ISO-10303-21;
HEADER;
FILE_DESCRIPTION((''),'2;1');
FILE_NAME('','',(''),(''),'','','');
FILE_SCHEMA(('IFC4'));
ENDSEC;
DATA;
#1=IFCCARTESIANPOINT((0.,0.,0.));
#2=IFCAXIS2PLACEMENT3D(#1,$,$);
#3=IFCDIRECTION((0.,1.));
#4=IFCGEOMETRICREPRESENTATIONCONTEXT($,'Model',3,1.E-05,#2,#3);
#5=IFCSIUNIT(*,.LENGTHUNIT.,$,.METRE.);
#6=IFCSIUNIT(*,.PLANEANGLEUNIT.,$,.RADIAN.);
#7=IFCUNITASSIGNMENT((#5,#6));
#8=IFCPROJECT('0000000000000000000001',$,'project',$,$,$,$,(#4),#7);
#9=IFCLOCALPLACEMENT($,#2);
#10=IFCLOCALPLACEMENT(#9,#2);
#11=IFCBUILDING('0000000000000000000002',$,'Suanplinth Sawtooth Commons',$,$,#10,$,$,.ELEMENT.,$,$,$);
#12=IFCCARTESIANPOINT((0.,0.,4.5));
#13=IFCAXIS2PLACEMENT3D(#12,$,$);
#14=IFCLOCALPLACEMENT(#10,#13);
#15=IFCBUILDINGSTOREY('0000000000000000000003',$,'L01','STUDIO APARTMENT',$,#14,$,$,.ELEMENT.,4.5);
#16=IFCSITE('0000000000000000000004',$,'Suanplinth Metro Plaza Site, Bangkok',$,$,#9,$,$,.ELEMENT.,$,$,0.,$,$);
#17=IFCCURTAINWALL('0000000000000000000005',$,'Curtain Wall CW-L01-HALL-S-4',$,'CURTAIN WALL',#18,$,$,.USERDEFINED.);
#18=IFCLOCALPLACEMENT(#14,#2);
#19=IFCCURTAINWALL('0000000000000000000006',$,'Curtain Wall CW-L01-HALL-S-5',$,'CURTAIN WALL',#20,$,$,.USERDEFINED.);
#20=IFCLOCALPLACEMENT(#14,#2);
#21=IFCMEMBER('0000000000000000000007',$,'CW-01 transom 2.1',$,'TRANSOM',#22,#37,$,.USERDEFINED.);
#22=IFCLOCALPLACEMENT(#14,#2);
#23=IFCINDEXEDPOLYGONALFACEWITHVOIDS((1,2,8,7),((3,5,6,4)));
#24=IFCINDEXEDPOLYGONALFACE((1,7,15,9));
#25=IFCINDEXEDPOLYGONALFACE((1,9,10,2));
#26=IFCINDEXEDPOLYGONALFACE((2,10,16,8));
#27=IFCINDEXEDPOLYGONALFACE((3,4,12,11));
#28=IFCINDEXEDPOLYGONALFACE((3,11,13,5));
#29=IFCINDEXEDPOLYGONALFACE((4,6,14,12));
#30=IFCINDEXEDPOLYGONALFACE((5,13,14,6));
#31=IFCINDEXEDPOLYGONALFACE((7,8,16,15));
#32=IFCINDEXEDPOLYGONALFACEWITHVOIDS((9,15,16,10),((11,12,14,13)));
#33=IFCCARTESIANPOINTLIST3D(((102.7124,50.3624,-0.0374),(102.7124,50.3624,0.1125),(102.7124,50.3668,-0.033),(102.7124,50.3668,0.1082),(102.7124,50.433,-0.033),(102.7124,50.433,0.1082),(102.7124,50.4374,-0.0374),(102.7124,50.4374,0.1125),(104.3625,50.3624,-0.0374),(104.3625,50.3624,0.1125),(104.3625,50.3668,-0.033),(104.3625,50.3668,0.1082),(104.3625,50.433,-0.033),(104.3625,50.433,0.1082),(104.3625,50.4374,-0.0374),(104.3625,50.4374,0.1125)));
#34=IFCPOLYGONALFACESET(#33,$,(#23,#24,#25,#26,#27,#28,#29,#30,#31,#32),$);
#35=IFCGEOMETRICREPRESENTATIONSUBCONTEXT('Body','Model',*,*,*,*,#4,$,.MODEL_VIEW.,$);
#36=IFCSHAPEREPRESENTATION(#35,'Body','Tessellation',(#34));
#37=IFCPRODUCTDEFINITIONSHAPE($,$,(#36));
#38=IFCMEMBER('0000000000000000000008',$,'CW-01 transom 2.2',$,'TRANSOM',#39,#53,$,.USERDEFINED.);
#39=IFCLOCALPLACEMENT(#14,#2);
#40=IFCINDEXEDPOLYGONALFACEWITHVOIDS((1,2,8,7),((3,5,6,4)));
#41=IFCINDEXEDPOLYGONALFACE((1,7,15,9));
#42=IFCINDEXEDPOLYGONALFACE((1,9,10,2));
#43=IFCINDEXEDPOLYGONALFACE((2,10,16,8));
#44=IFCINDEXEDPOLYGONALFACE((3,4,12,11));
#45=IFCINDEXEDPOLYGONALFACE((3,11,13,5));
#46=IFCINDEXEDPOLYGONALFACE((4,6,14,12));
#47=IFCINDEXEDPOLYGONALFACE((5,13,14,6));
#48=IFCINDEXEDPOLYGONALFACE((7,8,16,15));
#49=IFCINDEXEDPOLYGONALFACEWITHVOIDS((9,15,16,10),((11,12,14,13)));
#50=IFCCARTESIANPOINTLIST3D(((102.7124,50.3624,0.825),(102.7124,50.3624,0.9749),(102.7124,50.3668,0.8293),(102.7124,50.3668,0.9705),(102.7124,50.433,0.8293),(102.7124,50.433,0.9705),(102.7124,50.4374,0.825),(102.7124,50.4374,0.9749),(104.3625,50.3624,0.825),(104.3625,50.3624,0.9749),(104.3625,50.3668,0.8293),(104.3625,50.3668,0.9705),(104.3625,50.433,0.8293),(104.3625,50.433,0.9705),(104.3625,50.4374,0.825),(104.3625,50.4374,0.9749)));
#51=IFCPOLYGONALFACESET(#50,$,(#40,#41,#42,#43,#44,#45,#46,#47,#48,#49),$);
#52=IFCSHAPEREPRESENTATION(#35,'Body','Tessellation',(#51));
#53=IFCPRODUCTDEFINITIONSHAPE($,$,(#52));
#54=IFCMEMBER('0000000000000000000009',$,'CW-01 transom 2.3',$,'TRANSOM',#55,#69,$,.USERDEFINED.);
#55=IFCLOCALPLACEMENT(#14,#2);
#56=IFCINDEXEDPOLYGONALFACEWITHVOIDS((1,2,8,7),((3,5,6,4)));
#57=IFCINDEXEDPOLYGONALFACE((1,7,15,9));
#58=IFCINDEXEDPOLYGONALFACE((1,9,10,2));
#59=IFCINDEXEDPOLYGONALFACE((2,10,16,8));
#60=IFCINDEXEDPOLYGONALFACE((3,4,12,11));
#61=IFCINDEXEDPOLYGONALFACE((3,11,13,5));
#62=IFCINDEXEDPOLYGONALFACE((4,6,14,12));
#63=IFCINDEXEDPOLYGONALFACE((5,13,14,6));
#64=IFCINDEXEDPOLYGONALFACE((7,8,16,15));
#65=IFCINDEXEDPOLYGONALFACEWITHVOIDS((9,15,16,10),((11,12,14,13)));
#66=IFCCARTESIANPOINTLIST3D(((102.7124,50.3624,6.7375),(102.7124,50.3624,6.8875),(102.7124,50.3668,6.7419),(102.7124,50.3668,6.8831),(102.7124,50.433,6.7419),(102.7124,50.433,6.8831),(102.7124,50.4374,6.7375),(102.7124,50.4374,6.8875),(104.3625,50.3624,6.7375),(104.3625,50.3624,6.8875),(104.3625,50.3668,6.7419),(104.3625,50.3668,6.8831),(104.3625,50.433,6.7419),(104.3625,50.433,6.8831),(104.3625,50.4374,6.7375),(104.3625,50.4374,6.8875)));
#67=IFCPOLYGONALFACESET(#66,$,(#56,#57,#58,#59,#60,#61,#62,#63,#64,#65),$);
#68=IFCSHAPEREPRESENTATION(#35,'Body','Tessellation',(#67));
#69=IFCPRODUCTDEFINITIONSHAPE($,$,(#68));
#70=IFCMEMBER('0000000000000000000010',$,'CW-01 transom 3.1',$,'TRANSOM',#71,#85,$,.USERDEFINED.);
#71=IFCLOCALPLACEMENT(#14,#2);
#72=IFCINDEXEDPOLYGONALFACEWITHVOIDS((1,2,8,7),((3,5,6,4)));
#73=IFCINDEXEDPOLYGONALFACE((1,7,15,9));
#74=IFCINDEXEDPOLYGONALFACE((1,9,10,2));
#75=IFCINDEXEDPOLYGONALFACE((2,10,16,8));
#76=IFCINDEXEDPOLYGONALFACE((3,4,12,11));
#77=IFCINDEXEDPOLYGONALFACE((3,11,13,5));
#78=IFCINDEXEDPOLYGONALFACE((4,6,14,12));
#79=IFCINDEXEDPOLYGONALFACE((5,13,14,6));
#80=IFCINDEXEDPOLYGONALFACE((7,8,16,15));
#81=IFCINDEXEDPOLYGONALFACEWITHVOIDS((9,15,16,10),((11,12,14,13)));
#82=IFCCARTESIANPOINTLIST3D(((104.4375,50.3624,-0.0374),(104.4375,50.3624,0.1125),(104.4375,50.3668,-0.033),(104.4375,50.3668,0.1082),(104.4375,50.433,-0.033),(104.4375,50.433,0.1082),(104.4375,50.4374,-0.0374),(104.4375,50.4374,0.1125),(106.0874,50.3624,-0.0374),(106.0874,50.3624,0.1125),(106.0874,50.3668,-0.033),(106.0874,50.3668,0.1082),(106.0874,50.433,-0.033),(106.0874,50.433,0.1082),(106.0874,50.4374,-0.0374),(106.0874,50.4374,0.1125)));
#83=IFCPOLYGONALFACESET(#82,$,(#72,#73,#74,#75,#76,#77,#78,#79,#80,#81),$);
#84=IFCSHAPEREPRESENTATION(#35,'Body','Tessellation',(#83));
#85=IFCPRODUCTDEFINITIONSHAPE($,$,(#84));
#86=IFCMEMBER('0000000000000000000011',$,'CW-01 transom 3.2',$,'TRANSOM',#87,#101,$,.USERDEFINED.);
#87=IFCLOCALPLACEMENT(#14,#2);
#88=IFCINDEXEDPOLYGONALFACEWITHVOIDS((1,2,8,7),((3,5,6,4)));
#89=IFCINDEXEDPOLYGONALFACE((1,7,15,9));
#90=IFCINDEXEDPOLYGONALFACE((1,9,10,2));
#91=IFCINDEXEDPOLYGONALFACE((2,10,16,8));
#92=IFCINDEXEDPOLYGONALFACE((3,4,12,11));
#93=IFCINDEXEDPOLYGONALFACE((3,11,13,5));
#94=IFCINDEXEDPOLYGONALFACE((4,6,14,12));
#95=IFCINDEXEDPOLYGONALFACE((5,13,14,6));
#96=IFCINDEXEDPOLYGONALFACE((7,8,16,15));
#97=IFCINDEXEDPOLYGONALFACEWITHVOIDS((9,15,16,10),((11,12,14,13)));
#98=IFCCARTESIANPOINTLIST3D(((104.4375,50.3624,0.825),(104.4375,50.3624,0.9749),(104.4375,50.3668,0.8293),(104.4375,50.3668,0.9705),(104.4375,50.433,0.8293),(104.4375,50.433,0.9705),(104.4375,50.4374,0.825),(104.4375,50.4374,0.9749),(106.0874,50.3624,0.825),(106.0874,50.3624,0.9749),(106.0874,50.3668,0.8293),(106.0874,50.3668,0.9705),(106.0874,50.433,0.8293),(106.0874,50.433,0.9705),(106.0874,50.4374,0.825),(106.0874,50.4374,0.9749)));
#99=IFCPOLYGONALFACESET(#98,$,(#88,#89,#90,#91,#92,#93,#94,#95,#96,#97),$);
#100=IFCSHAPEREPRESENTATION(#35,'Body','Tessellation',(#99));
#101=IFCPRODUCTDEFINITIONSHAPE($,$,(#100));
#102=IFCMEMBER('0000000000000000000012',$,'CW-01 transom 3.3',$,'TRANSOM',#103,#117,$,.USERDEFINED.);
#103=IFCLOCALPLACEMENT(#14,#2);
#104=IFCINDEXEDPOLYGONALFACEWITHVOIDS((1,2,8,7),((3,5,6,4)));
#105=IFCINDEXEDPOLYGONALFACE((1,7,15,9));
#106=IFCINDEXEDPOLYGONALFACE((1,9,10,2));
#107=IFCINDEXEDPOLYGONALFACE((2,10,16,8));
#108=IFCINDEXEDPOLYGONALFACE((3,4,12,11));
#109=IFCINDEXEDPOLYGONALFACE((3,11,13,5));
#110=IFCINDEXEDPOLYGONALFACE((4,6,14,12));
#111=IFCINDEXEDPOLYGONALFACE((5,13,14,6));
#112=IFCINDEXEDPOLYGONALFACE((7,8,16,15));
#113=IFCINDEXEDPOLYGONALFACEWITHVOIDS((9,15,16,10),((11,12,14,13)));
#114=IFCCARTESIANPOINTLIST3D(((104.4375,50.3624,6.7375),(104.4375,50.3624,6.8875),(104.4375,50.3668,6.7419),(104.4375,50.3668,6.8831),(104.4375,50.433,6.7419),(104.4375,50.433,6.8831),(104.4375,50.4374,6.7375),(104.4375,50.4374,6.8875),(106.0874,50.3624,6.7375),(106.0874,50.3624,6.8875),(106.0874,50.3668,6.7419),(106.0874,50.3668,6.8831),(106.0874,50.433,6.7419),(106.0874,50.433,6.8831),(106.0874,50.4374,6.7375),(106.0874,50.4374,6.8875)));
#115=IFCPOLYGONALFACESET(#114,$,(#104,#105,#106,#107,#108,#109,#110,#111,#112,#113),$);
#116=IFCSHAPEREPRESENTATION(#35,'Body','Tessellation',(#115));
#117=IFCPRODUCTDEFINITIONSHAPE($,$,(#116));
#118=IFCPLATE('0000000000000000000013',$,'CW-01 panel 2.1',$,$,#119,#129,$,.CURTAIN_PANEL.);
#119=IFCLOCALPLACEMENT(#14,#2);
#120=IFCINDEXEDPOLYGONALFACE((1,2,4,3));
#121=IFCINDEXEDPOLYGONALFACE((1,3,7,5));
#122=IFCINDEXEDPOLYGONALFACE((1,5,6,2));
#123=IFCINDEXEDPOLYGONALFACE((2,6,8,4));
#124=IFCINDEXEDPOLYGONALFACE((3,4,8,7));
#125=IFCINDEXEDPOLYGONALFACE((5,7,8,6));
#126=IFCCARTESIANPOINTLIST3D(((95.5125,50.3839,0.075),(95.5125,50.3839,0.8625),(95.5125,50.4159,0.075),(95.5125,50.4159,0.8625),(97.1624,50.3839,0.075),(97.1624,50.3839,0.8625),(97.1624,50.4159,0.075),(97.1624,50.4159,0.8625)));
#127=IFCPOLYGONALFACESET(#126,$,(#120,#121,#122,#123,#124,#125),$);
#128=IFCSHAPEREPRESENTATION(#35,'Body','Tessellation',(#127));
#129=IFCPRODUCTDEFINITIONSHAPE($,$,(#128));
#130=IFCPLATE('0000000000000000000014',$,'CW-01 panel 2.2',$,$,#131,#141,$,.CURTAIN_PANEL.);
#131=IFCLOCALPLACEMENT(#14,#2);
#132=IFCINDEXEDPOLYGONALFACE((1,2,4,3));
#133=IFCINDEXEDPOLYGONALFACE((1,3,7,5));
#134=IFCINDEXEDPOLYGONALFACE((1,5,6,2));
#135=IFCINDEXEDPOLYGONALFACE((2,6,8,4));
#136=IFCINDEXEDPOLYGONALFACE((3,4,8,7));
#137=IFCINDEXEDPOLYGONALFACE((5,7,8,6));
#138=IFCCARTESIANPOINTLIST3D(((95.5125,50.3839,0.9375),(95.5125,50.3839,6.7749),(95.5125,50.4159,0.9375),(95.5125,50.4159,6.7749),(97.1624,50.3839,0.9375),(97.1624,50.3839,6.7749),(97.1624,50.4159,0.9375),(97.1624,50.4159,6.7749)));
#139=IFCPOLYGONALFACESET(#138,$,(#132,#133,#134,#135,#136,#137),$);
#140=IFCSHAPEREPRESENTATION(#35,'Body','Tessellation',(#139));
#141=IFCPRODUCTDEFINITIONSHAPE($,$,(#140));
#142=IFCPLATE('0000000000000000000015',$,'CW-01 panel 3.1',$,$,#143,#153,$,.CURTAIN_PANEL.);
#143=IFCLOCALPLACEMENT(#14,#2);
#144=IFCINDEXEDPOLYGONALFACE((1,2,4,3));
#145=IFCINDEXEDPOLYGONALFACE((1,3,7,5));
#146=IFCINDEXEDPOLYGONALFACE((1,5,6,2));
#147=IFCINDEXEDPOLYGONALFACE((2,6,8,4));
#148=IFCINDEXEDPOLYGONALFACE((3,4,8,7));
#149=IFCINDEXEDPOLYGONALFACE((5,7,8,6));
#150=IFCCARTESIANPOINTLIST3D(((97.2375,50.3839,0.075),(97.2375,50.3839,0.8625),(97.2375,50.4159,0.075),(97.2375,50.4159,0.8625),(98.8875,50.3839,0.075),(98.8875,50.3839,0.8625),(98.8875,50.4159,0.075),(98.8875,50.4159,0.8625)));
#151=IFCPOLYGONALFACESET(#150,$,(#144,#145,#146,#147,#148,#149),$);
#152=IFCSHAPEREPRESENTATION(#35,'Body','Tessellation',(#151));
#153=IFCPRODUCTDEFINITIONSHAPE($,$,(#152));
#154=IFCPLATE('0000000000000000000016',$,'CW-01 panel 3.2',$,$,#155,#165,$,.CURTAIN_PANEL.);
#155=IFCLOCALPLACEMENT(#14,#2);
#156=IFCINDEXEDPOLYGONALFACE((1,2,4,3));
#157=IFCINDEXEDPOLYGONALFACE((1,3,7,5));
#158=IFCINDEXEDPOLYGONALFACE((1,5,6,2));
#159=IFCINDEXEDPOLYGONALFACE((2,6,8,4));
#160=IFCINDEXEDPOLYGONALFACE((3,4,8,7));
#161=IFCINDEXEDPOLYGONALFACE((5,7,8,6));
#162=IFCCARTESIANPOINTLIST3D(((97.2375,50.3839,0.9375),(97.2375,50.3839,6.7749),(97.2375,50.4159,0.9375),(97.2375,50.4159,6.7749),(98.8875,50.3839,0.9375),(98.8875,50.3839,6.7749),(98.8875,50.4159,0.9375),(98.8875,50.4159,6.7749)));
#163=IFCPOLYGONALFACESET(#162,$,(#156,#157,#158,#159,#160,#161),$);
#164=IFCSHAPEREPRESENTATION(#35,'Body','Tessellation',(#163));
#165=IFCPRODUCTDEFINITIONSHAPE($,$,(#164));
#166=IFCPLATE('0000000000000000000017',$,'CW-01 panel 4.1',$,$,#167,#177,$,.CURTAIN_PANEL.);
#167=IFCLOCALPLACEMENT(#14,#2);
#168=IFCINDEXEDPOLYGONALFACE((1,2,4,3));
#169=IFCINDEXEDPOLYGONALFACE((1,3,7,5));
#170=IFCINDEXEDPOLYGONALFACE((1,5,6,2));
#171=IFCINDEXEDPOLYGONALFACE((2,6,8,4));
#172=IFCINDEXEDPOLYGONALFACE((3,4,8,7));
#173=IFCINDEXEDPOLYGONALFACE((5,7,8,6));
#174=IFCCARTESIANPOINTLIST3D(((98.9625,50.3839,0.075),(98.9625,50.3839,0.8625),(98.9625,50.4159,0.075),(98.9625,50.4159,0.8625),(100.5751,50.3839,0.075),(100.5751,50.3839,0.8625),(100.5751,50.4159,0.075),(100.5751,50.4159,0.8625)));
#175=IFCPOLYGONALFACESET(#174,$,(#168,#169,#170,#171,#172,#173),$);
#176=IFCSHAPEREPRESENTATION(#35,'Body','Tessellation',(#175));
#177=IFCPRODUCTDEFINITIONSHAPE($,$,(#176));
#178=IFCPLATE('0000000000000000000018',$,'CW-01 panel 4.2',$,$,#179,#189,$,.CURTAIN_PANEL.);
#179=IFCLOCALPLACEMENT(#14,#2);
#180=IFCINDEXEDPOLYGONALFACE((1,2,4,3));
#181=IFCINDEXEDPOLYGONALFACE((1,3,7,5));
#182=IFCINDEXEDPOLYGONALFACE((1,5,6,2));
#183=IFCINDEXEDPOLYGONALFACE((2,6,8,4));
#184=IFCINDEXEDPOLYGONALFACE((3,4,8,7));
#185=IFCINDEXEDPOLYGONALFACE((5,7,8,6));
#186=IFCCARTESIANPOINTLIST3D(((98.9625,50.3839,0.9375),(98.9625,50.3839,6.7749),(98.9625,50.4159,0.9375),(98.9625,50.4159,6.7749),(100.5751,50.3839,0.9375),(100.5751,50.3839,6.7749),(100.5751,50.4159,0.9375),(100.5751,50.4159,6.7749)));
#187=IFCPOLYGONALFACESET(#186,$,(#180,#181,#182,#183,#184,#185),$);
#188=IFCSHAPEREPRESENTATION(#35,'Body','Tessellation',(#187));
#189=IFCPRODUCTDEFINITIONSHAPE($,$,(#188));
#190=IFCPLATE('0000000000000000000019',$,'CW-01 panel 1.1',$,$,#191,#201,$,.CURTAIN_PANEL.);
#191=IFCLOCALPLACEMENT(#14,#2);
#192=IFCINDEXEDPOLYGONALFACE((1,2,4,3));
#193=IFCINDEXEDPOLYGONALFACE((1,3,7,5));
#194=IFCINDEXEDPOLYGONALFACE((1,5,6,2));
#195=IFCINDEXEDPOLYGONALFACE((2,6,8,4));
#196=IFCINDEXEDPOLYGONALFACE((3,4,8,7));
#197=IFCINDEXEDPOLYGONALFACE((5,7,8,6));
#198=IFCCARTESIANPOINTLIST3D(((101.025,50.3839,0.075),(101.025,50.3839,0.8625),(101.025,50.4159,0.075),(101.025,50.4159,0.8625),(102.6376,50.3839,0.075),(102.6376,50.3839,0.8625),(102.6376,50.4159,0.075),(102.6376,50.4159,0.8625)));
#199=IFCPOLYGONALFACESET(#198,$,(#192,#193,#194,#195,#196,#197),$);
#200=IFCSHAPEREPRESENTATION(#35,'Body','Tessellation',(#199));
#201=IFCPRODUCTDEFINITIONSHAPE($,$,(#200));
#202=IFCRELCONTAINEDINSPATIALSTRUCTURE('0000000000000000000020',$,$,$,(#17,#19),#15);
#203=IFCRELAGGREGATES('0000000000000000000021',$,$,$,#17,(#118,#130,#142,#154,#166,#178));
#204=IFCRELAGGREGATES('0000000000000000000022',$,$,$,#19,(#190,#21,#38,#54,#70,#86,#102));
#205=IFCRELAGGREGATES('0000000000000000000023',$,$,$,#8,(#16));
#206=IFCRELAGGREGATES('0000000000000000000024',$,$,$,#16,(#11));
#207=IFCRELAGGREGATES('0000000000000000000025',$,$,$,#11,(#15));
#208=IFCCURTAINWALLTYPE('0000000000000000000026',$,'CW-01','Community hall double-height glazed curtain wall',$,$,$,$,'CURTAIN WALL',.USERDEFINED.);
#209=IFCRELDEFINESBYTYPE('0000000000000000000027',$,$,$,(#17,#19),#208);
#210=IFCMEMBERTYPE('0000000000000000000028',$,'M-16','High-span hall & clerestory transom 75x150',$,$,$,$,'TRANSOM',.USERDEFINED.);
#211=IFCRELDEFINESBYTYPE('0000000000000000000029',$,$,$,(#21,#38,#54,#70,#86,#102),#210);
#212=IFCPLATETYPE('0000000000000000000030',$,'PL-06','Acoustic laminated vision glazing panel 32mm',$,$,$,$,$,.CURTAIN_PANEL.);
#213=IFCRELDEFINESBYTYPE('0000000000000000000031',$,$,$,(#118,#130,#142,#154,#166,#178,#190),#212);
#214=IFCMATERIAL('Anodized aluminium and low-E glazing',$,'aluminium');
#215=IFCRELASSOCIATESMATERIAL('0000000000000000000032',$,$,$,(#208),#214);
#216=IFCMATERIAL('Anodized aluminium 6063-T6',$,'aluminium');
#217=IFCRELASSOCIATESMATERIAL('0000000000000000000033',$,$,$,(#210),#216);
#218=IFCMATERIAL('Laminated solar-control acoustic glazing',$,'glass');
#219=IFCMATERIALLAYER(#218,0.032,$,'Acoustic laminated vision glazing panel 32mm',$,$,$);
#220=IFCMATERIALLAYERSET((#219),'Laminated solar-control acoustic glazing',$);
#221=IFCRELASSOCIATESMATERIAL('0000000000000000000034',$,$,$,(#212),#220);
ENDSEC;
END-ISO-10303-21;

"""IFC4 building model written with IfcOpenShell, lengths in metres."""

from ifc_helpers import new_model, si_unit, direction, frame, origin, origin_2d, place, context, subcontext, project, spatial, rectangle, hollow_rectangle, extrude, material, layer, layer_set, material_profile, profile_set, type_object, element, aggregate, save


model = new_model("IFC4")

# Units and contexts
model_context = context("Model", 3, precision=1e-05, world=origin(), true_north=direction((0.0, 1.0)))
body_context = subcontext(model_context, "Body", "Model", "MODEL_VIEW")
ifc_project = project(units=[si_unit("LENGTHUNIT", "METRE"), si_unit("PLANEANGLEUNIT", "RADIAN")], contexts=[model_context])

# Site, building, storey
site_placement = place(None, origin())
site = spatial("IfcSite", under=ifc_project, at=site_placement, Name="Suanplinth Metro Plaza Site, Bangkok", CompositionType="ELEMENT", RefElevation=0.0)
building_placement = place(site_placement, origin())
building = spatial("IfcBuilding", under=site, at=building_placement, Name="Suanplinth Sawtooth Commons", CompositionType="ELEMENT")
storey_placement = place(building_placement, frame((0.0, 0.0, 4.5)))
storey = spatial("IfcBuildingStorey", under=building, at=storey_placement, Name="L01", Description="STUDIO APARTMENT", CompositionType="ELEMENT", Elevation=4.5)

# Curtain walls
ifc_material_1 = material(Name="Anodized aluminium and low-E glazing", Category="aluminium")
curtain_wall_type = type_object("IfcCurtainWallType", Name="CW-01", Description="Community hall double-height glazed curtain wall", ElementType="CURTAIN WALL", PredefinedType="USERDEFINED", material=ifc_material_1)
curtain_wall_1_placement = place(storey_placement, origin())
curtain_wall_1 = element("IfcCurtainWall", 1, at=curtain_wall_1_placement, inside=storey, type_object=curtain_wall_type, Name="Curtain Wall CW-L01-HALL-S-4", ObjectType="CURTAIN WALL", PredefinedType="USERDEFINED")
ifc_material_2 = material(Name="Anodized aluminium 6063-T6", Category="aluminium")
curtain_wall_2_placement = place(storey_placement, origin())
curtain_wall_2 = element("IfcCurtainWall", 2, at=curtain_wall_2_placement, inside=storey, type_object=curtain_wall_type, Name="Curtain Wall CW-L01-HALL-S-5", ObjectType="CURTAIN WALL", PredefinedType="USERDEFINED")

# Members
ifc_material_profile_1 = material_profile(ifc_material_2, hollow_rectangle(XDim=0.075, YDim=0.1499, WallThickness=0.0044, at=origin_2d()), Name="ALU-TRN 75x150")
ifc_profile_set_1 = profile_set([ifc_material_profile_1], Name="Anodized aluminium 6063-T6")
member_type_1 = type_object("IfcMemberType", Name="M-16", Description="High-span hall & clerestory transom 75x150", ElementType="TRANSOM", PredefinedType="USERDEFINED", material=ifc_profile_set_1)
member_1_placement = place(storey_placement, frame((102.7124, 50.3999, 0.0376), z_axis=(1.0, 0.0, 0.0), x_axis=(0.0, 1.0, 0.0)))
member_1 = element("IfcMember", 3, at=member_1_placement, type_object=member_type_1, Name="CW-01 transom 2.1", ObjectType="TRANSOM", PredefinedType="USERDEFINED", context=body_context, shape_type="SweptSolid", body=[
    extrude(hollow_rectangle(XDim=0.075, YDim=0.1499, WallThickness=0.0044, at=origin_2d()), origin(), (0.0, 0.0, 1.0), 1.6501),
])
member_2_placement = place(storey_placement, frame((102.7124, 50.3999, 0.8999), z_axis=(1.0, 0.0, 0.0), x_axis=(0.0, 1.0, 0.0)))
member_2 = element("IfcMember", 4, at=member_2_placement, type_object=member_type_1, Name="CW-01 transom 2.2", ObjectType="TRANSOM", PredefinedType="USERDEFINED", context=body_context, shape_type="SweptSolid", body=[
    extrude(hollow_rectangle(XDim=0.075, YDim=0.1499, WallThickness=0.0044, at=origin_2d()), origin(), (0.0, 0.0, 1.0), 1.6501),
])
member_3_placement = place(storey_placement, frame((102.7124, 50.3999, 6.8125), z_axis=(1.0, 0.0, 0.0), x_axis=(0.0, 1.0, 0.0)))
member_3 = element("IfcMember", 5, at=member_3_placement, type_object=member_type_1, Name="CW-01 transom 2.3", ObjectType="TRANSOM", PredefinedType="USERDEFINED", context=body_context, shape_type="SweptSolid", body=[
    extrude(hollow_rectangle(XDim=0.075, YDim=0.1499, WallThickness=0.0044, at=origin_2d()), origin(), (0.0, 0.0, 1.0), 1.6501),
])
member_4_placement = place(storey_placement, frame((104.4375, 50.3999, 0.0376), z_axis=(1.0, 0.0, 0.0), x_axis=(0.0, 1.0, 0.0)))
member_4 = element("IfcMember", 6, at=member_4_placement, type_object=member_type_1, Name="CW-01 transom 3.1", ObjectType="TRANSOM", PredefinedType="USERDEFINED", context=body_context, shape_type="SweptSolid", body=[
    extrude(hollow_rectangle(XDim=0.075, YDim=0.1499, WallThickness=0.0044, at=origin_2d()), origin(), (0.0, 0.0, 1.0), 1.6499),
])
member_5_placement = place(storey_placement, frame((104.4375, 50.3999, 0.8999), z_axis=(1.0, 0.0, 0.0), x_axis=(0.0, 1.0, 0.0)))
member_5 = element("IfcMember", 7, at=member_5_placement, type_object=member_type_1, Name="CW-01 transom 3.2", ObjectType="TRANSOM", PredefinedType="USERDEFINED", context=body_context, shape_type="SweptSolid", body=[
    extrude(hollow_rectangle(XDim=0.075, YDim=0.1499, WallThickness=0.0044, at=origin_2d()), origin(), (0.0, 0.0, 1.0), 1.6499),
])
member_6_placement = place(storey_placement, frame((104.4375, 50.3999, 6.8125), z_axis=(1.0, 0.0, 0.0), x_axis=(0.0, 1.0, 0.0)))
member_6 = element("IfcMember", 8, at=member_6_placement, type_object=member_type_1, Name="CW-01 transom 3.3", ObjectType="TRANSOM", PredefinedType="USERDEFINED", context=body_context, shape_type="SweptSolid", body=[
    extrude(hollow_rectangle(XDim=0.075, YDim=0.1499, WallThickness=0.0044, at=origin_2d()), origin(), (0.0, 0.0, 1.0), 1.6499),
])

# Plates
ifc_material_3 = material(Name="Laminated solar-control acoustic glazing", Category="glass")
ifc_layer = layer(ifc_material_3, 0.032, Name="Acoustic laminated vision glazing panel 32mm")
ifc_layer_set = layer_set([ifc_layer], Name="Laminated solar-control acoustic glazing")
plate_type = type_object("IfcPlateType", Name="PL-06", Description="Acoustic laminated vision glazing panel 32mm", PredefinedType="CURTAIN_PANEL", material=ifc_layer_set)
plate_1_placement = place(storey_placement, frame((96.3374, 50.3999, 0.075), z_axis=(0.0, 0.0, 1.0), x_axis=(1.0, 0.0, 0.0)))
plate_1 = element("IfcPlate", 9, at=plate_1_placement, type_object=plate_type, Name="CW-01 panel 2.1", PredefinedType="CURTAIN_PANEL", context=body_context, shape_type="SweptSolid", body=[
    extrude(rectangle(XDim=1.6499, YDim=0.032, at=origin_2d()), origin(), (0.0, 0.0, 1.0), 0.7876),
])
plate_2_placement = place(storey_placement, frame((96.3374, 50.3999, 0.9375), z_axis=(0.0, 0.0, 1.0), x_axis=(1.0, 0.0, 0.0)))
plate_2 = element("IfcPlate", 10, at=plate_2_placement, type_object=plate_type, Name="CW-01 panel 2.2", PredefinedType="CURTAIN_PANEL", context=body_context, shape_type="SweptSolid", body=[
    extrude(rectangle(XDim=1.6499, YDim=0.032, at=origin_2d()), origin(), (0.0, 0.0, 1.0), 5.8374),
])
plate_3_placement = place(storey_placement, frame((98.0625, 50.3999, 0.075), z_axis=(0.0, 0.0, 1.0), x_axis=(1.0, 0.0, 0.0)))
plate_3 = element("IfcPlate", 11, at=plate_3_placement, type_object=plate_type, Name="CW-01 panel 3.1", PredefinedType="CURTAIN_PANEL", context=body_context, shape_type="SweptSolid", body=[
    extrude(rectangle(XDim=1.6499, YDim=0.032, at=origin_2d()), origin(), (0.0, 0.0, 1.0), 0.7876),
])
plate_4_placement = place(storey_placement, frame((98.0625, 50.3999, 0.9375), z_axis=(0.0, 0.0, 1.0), x_axis=(1.0, 0.0, 0.0)))
plate_4 = element("IfcPlate", 12, at=plate_4_placement, type_object=plate_type, Name="CW-01 panel 3.2", PredefinedType="CURTAIN_PANEL", context=body_context, shape_type="SweptSolid", body=[
    extrude(rectangle(XDim=1.6499, YDim=0.032, at=origin_2d()), origin(), (0.0, 0.0, 1.0), 5.8374),
])
plate_5_placement = place(storey_placement, frame((99.7688, 50.3999, 0.075), z_axis=(0.0, 0.0, 1.0), x_axis=(1.0, 0.0, 0.0)))
plate_5 = element("IfcPlate", 13, at=plate_5_placement, type_object=plate_type, Name="CW-01 panel 4.1", PredefinedType="CURTAIN_PANEL", context=body_context, shape_type="SweptSolid", body=[
    extrude(rectangle(XDim=1.6125, YDim=0.032, at=origin_2d()), origin(), (0.0, 0.0, 1.0), 0.7876),
])
plate_6_placement = place(storey_placement, frame((99.7688, 50.3999, 0.9375), z_axis=(0.0, 0.0, 1.0), x_axis=(1.0, 0.0, 0.0)))
plate_6 = element("IfcPlate", 14, at=plate_6_placement, type_object=plate_type, Name="CW-01 panel 4.2", PredefinedType="CURTAIN_PANEL", context=body_context, shape_type="SweptSolid", body=[
    extrude(rectangle(XDim=1.6125, YDim=0.032, at=origin_2d()), origin(), (0.0, 0.0, 1.0), 5.8374),
])
aggregate(curtain_wall_1, [plate_1, plate_2, plate_3, plate_4, plate_5, plate_6])
plate_7_placement = place(storey_placement, frame((101.8313, 50.3999, 0.075), z_axis=(0.0, 0.0, 1.0), x_axis=(1.0, 0.0, 0.0)))
plate_7 = element("IfcPlate", 15, at=plate_7_placement, type_object=plate_type, Name="CW-01 panel 1.1", PredefinedType="CURTAIN_PANEL", context=body_context, shape_type="SweptSolid", body=[
    extrude(rectangle(XDim=1.6125, YDim=0.032, at=origin_2d()), origin(), (0.0, 0.0, 1.0), 0.7876),
])
aggregate(curtain_wall_2, [plate_7, member_1, member_2, member_3, member_4, member_5, member_6])

save(model, "model.ifc")
